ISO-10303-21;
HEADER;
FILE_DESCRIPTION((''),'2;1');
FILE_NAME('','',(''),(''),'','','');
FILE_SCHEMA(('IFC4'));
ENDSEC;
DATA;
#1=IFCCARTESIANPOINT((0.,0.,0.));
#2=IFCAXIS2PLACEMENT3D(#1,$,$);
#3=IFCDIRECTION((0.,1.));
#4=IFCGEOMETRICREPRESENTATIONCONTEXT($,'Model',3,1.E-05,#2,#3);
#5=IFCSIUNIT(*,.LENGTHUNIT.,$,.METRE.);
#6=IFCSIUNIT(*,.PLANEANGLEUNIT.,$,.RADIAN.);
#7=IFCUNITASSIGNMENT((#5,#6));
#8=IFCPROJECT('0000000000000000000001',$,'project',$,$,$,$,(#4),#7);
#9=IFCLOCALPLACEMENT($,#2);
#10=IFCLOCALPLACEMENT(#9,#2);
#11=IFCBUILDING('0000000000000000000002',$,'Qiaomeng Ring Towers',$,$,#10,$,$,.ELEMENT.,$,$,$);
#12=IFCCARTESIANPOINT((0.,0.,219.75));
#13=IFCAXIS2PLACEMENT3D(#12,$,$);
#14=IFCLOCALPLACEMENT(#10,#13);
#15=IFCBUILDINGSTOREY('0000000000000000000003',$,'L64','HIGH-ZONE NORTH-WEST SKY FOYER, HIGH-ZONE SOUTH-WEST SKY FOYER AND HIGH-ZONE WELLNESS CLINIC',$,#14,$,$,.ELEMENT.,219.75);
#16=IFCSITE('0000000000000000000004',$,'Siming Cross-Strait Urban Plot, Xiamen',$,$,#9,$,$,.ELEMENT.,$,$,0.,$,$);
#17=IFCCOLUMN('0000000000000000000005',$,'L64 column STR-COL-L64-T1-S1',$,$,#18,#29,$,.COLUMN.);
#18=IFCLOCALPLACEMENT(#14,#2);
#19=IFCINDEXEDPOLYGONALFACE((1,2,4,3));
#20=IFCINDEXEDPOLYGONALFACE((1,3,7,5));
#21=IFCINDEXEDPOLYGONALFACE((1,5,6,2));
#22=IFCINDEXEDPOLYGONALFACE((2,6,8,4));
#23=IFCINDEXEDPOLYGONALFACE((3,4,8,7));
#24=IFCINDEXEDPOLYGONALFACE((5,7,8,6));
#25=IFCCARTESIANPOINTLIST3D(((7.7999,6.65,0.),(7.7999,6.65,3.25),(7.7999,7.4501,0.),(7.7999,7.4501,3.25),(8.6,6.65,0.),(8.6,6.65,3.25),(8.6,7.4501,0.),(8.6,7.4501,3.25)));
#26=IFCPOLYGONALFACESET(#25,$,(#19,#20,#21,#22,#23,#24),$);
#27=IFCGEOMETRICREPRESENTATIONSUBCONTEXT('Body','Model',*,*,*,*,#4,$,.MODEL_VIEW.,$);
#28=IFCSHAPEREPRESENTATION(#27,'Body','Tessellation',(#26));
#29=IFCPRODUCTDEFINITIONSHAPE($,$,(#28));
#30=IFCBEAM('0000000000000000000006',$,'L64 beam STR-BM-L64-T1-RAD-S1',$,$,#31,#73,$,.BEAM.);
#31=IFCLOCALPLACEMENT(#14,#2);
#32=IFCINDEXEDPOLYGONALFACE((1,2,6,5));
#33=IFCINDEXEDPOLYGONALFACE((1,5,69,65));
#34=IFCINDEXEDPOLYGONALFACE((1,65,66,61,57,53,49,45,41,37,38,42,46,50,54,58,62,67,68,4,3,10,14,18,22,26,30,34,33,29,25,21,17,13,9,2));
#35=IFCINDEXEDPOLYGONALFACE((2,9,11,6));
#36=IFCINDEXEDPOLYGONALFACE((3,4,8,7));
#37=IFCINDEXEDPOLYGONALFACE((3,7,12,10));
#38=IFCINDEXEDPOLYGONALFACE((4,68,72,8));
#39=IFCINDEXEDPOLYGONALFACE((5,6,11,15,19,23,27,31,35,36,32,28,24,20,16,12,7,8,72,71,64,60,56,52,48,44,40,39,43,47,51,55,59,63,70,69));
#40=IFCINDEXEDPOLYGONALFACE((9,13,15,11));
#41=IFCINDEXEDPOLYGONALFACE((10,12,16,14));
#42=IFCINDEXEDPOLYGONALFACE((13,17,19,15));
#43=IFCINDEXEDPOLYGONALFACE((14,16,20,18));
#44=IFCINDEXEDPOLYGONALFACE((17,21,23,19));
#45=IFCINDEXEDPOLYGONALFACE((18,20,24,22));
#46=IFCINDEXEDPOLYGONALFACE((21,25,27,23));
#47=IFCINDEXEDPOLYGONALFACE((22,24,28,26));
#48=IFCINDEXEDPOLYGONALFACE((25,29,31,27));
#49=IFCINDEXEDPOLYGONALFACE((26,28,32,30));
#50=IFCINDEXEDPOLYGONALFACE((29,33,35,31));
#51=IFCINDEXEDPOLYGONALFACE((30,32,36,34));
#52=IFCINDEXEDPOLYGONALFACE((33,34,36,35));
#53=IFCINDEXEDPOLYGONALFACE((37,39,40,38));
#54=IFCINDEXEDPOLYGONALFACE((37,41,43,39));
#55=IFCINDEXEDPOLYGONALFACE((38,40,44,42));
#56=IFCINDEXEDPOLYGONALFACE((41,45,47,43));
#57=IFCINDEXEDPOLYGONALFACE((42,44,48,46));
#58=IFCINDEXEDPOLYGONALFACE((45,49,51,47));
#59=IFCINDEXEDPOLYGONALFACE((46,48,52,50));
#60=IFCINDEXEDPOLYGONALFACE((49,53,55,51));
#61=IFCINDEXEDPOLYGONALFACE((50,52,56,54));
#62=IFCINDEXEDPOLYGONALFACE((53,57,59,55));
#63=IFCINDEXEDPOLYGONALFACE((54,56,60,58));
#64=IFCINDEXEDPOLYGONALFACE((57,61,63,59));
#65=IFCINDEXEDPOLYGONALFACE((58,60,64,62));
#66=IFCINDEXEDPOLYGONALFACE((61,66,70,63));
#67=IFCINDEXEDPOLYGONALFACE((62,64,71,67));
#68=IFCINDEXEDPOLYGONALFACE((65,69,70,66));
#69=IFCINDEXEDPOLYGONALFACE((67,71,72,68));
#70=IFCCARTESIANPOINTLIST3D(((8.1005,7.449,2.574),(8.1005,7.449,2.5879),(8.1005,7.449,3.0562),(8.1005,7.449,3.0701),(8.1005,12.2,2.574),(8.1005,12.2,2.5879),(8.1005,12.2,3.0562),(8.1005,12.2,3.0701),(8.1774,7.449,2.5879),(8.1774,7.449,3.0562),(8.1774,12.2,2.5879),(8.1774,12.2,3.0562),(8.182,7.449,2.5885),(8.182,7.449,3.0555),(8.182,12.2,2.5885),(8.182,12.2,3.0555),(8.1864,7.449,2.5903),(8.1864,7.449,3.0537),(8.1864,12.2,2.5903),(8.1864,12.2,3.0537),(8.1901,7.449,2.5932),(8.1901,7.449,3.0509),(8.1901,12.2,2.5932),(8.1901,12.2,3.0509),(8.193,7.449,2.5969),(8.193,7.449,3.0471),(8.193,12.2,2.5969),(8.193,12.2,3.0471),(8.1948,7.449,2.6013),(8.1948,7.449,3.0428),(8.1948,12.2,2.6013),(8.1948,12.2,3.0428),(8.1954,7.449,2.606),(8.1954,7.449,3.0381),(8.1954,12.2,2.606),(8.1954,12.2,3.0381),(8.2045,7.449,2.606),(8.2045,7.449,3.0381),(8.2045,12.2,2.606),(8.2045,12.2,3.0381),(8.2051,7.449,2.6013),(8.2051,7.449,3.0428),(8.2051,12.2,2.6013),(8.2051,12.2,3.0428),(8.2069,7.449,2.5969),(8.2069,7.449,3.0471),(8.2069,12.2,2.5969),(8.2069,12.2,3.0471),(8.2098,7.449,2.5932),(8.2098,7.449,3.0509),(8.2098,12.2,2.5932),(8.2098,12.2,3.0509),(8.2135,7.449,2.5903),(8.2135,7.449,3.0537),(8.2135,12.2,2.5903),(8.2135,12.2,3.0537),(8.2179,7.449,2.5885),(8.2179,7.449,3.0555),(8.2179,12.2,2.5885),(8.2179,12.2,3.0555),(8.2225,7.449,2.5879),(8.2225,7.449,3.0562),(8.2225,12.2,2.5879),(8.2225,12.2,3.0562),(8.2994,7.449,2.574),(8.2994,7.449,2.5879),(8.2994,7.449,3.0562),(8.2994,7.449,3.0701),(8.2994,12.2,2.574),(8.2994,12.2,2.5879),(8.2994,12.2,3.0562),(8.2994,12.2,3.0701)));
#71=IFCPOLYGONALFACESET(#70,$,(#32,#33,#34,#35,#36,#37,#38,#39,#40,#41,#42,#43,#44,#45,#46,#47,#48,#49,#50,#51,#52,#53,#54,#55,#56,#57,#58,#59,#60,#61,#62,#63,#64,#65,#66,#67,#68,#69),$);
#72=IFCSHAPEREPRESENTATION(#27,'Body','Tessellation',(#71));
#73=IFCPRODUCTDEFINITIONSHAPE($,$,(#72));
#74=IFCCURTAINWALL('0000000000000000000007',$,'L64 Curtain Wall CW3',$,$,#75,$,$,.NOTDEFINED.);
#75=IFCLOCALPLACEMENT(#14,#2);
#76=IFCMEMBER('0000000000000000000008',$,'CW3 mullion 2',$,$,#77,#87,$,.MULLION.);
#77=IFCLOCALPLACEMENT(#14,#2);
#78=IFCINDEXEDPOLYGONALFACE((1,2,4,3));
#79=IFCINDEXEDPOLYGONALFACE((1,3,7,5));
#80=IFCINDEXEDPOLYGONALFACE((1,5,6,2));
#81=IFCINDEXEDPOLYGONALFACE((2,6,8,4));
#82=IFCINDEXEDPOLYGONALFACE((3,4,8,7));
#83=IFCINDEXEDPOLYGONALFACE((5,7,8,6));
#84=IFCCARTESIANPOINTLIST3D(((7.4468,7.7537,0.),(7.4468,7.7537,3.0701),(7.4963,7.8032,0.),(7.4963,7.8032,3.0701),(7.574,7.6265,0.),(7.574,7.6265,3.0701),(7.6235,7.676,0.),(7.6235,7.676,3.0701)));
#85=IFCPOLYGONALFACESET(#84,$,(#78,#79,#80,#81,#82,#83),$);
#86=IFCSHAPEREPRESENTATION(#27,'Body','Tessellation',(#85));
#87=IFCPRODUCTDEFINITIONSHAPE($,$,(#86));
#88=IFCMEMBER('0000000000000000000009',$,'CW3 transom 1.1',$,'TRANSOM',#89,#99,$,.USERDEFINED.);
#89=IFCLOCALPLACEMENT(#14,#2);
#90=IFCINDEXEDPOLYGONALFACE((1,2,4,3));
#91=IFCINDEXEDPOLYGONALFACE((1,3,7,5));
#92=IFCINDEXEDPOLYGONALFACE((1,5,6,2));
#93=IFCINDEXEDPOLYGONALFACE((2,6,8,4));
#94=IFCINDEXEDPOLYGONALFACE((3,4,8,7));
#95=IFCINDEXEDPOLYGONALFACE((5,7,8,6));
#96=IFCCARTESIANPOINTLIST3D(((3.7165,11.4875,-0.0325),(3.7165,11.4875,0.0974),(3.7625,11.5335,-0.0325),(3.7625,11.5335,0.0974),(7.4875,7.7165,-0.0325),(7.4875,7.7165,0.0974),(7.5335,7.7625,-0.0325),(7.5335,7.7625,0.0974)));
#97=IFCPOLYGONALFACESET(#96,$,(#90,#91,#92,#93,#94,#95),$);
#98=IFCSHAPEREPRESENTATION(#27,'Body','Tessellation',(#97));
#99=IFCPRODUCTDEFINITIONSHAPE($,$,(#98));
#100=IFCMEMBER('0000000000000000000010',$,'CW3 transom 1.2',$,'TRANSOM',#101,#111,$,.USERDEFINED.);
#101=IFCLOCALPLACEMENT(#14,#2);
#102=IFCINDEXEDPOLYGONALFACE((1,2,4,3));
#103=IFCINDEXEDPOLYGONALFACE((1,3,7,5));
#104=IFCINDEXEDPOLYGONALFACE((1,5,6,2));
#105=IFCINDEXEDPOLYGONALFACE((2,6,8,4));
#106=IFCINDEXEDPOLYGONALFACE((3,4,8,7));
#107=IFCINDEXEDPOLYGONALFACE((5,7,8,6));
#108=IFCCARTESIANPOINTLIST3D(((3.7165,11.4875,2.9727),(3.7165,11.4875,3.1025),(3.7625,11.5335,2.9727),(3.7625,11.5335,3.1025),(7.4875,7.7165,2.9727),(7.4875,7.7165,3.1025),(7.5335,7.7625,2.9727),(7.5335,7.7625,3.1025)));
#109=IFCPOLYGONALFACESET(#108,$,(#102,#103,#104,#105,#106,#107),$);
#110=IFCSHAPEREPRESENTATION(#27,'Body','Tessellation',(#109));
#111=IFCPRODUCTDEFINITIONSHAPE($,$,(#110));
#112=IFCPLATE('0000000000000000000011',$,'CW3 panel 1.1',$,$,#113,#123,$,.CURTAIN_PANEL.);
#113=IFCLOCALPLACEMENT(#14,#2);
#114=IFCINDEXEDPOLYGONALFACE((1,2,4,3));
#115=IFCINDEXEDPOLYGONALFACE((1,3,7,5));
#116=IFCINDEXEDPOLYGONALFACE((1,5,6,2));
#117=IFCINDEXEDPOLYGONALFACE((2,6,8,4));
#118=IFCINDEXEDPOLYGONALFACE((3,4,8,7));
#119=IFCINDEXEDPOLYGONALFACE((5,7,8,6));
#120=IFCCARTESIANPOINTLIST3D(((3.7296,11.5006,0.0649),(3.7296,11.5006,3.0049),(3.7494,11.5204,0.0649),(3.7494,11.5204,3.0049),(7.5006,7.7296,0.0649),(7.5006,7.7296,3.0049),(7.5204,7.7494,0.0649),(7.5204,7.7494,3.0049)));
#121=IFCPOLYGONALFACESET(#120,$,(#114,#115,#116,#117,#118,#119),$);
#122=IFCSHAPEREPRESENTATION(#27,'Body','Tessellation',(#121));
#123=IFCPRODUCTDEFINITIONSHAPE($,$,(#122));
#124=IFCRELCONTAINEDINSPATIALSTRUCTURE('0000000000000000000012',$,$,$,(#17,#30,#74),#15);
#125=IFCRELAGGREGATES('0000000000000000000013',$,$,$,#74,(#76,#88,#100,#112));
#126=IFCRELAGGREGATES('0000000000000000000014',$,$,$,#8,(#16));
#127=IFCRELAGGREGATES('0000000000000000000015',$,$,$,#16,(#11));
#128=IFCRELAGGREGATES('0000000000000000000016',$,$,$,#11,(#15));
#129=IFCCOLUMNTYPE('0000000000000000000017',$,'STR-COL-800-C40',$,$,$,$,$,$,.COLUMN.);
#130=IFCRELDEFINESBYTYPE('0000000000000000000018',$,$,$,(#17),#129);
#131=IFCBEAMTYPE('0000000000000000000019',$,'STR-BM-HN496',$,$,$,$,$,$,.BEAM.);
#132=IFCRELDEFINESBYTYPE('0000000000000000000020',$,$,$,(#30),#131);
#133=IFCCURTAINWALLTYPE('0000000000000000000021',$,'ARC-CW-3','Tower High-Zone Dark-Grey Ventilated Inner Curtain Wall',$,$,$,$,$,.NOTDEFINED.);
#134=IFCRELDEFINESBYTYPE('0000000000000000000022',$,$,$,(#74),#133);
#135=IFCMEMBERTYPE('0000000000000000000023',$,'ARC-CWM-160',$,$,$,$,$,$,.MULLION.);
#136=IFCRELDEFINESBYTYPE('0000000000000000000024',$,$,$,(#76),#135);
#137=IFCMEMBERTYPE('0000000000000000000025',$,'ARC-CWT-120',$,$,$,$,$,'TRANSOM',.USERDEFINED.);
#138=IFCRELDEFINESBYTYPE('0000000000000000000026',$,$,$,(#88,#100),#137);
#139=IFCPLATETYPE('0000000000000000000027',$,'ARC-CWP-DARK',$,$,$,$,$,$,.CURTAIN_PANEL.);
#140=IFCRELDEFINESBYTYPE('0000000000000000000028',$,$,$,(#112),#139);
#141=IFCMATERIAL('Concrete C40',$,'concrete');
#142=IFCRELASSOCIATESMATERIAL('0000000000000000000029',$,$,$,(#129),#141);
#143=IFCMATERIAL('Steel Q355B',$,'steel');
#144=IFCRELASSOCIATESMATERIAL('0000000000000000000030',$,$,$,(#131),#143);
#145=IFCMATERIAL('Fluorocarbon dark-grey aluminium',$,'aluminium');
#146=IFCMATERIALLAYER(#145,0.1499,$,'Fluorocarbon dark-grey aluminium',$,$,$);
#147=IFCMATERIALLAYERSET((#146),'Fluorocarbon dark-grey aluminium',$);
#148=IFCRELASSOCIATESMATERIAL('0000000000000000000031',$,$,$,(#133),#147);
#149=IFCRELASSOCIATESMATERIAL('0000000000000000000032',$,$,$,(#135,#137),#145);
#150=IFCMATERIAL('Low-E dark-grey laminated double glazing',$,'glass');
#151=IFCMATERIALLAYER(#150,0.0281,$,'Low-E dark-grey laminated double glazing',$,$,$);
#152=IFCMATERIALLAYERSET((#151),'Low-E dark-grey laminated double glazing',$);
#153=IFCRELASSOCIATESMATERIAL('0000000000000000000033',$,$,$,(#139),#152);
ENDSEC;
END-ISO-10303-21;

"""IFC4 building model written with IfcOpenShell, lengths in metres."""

from ifc_helpers import new_model, si_unit, direction, frame, origin, origin_2d, place, context, subcontext, project, spatial, rectangle, i_section, extrude, source, transform, mapped, material, layer, layer_set, material_profile, profile_set, type_object, element, aggregate, save


model = new_model("IFC4")

# Units and contexts
model_context = context("Model", 3, precision=1e-05, world=origin(), true_north=direction((0.0, 1.0)))
body_context = subcontext(model_context, "Body", "Model", "MODEL_VIEW")
ifc_project = project(units=[si_unit("LENGTHUNIT", "METRE"), si_unit("PLANEANGLEUNIT", "RADIAN")], contexts=[model_context])

# Site, building, storey
site_placement = place(None, origin())
site = spatial("IfcSite", under=ifc_project, at=site_placement, Name="Siming Cross-Strait Urban Plot, Xiamen", CompositionType="ELEMENT", RefElevation=0.0)
building_placement = place(site_placement, origin())
building = spatial("IfcBuilding", under=site, at=building_placement, Name="Qiaomeng Ring Towers", CompositionType="ELEMENT")
storey_placement = place(building_placement, frame((0.0, 0.0, 219.75)))
storey = spatial("IfcBuildingStorey", under=building, at=storey_placement, Name="L64", Description="HIGH-ZONE NORTH-WEST SKY FOYER, HIGH-ZONE SOUTH-WEST SKY FOYER AND HIGH-ZONE WELLNESS CLINIC", CompositionType="ELEMENT", Elevation=219.75)

# Column
ifc_material_1 = material(Name="Concrete C40", Category="concrete")
ifc_material_profile_1 = material_profile(ifc_material_1, rectangle(XDim=0.8, YDim=0.8, at=origin_2d()), Name="RC COL 800x800")
ifc_profile_set_1 = profile_set([ifc_material_profile_1], Name="Concrete C40")
column_type = type_object("IfcColumnType", Name="STR-COL-800-C40", PredefinedType="COLUMN", material=ifc_profile_set_1)
shared_shape_1 = source(origin(), body_context, "Body", "SweptSolid", [
    extrude(rectangle(XDim=0.8, YDim=0.8, at=origin_2d()), origin(), (0.0, 0.0, 1.0), 3.25),
])
column_placement = place(storey_placement, frame((8.2, 7.05, 0.0), z_axis=(0.0, 0.0, 1.0), x_axis=(1.0, 0.0, 0.0)))
element("IfcColumn", 1, at=column_placement, inside=storey, type_object=column_type, Name="L64 column STR-COL-L64-T1-S1", PredefinedType="COLUMN", context=body_context, shape_type="MappedRepresentation", body=[
    mapped(shared_shape_1, transform((0.0, 0.0, 0.0), x_axis=(1.0, 0.0, 0.0), y_axis=(0.0, 1.0, 0.0), z_axis=(0.0, 0.0, 1.0), scale=1.0)),
])

# Beam
ifc_material_2 = material(Name="Steel Q355B", Category="steel")
ifc_material_profile_2 = material_profile(ifc_material_2, i_section(OverallWidth=0.199, OverallDepth=0.4961, WebThickness=0.009, FlangeThickness=0.0139, FilletRadius=0.0181, at=origin_2d()), Name="HN 496x199x9x14")
ifc_profile_set_2 = profile_set([ifc_material_profile_2], Name="Steel Q355B")
beam_type = type_object("IfcBeamType", Name="STR-BM-HN496", PredefinedType="BEAM", material=ifc_profile_set_2)
shared_shape_2 = source(origin(), body_context, "Body", "SweptSolid", [
    extrude(i_section(OverallWidth=0.199, OverallDepth=0.4961, WebThickness=0.009, FlangeThickness=0.0139, FilletRadius=0.0181, at=origin_2d()), origin(), (0.0, 0.0, 1.0), 4.751),
])
beam_placement = place(storey_placement, frame((8.2, 7.449, 2.822), z_axis=(0.0, 1.0, 0.0), x_axis=(-1.0, 0.0, 0.0)))
element("IfcBeam", 2, at=beam_placement, inside=storey, type_object=beam_type, Name="L64 beam STR-BM-L64-T1-RAD-S1", PredefinedType="BEAM", context=body_context, shape_type="MappedRepresentation", body=[
    mapped(shared_shape_2, transform((0.0, 0.0, 0.0), x_axis=(1.0, 0.0, 0.0), y_axis=(0.0, 1.0, 0.0), z_axis=(0.0, 0.0, 1.0), scale=1.0)),
])

# Curtain wall, members, plate
ifc_material_3 = material(Name="Fluorocarbon dark-grey aluminium", Category="aluminium")
ifc_layer_1 = layer(ifc_material_3, 0.1499, Name="Fluorocarbon dark-grey aluminium")
ifc_layer_set_1 = layer_set([ifc_layer_1], Name="Fluorocarbon dark-grey aluminium")
curtain_wall_type = type_object("IfcCurtainWallType", Name="ARC-CW-3", Description="Tower High-Zone Dark-Grey Ventilated Inner Curtain Wall", PredefinedType="NOTDEFINED", material=ifc_layer_set_1)
curtain_wall_placement = place(storey_placement, origin())
curtain_wall = element("IfcCurtainWall", 3, at=curtain_wall_placement, inside=storey, type_object=curtain_wall_type, Name="L64 Curtain Wall CW3", PredefinedType="NOTDEFINED")
ifc_material_profile_3 = material_profile(ifc_material_3, rectangle(XDim=0.0701, YDim=0.1799, at=origin_2d()), Name="ALU MULL 70x180")
ifc_profile_set_3 = profile_set([ifc_material_profile_3], Name="Fluorocarbon dark-grey aluminium")
member_type_1 = type_object("IfcMemberType", Name="ARC-CWM-160", PredefinedType="MULLION", material=ifc_profile_set_3)
shared_shape_3 = source(origin(), body_context, "Body", "SweptSolid", [
    extrude(rectangle(XDim=0.0701, YDim=0.1799, at=origin_2d()), origin(), (0.0, 0.0, 1.0), 3.0701),
])
member_1_placement = place(storey_placement, frame((7.5352, 7.7148, 0.0), z_axis=(0.0, 0.0, 1.0), x_axis=(0.707107, 0.707107, 0.0)))
member_1 = element("IfcMember", 4, at=member_1_placement, type_object=member_type_1, Name="CW3 mullion 2", PredefinedType="MULLION", context=body_context, shape_type="MappedRepresentation", body=[
    mapped(shared_shape_3, transform((0.0, 0.0, 0.0), x_axis=(1.0, 0.0, 0.0), y_axis=(0.0, 1.0, 0.0), z_axis=(0.0, 0.0, 1.0), scale=1.0)),
])
ifc_material_profile_4 = material_profile(ifc_material_3, rectangle(XDim=0.0649, YDim=0.1299, at=origin_2d()), Name="ALU TRAN 65x130")
ifc_profile_set_4 = profile_set([ifc_material_profile_4], Name="Fluorocarbon dark-grey aluminium")
member_type_2 = type_object("IfcMemberType", Name="ARC-CWT-120", ElementType="TRANSOM", PredefinedType="USERDEFINED", material=ifc_profile_set_4)
shared_shape_4 = source(origin(), body_context, "Body", "SweptSolid", [
    extrude(rectangle(XDim=0.0649, YDim=0.1299, at=origin_2d()), origin(), (0.0, 0.0, 1.0), 5.333),
])
member_2_placement = place(storey_placement, frame((3.7395, 11.5105, 0.0325), z_axis=(0.707107, -0.707107, 0.0), x_axis=(0.707107, 0.707107, 0.0)))
member_2 = element("IfcMember", 5, at=member_2_placement, type_object=member_type_2, Name="CW3 transom 1.1", ObjectType="TRANSOM", PredefinedType="USERDEFINED", context=body_context, shape_type="MappedRepresentation", body=[
    mapped(shared_shape_4, transform((0.0, 0.0, 0.0), x_axis=(1.0, 0.0, 0.0), y_axis=(0.0, 1.0, 0.0), z_axis=(0.0, 0.0, 1.0), scale=1.0)),
])
member_3_placement = place(storey_placement, frame((3.7395, 11.5105, 3.0376), z_axis=(0.707107, -0.707107, 0.0), x_axis=(0.707107, 0.707107, 0.0)))
member_3 = element("IfcMember", 6, at=member_3_placement, type_object=member_type_2, Name="CW3 transom 1.2", ObjectType="TRANSOM", PredefinedType="USERDEFINED", context=body_context, shape_type="MappedRepresentation", body=[
    mapped(shared_shape_4, transform((0.0, 0.0, 0.0), x_axis=(1.0, 0.0, 0.0), y_axis=(0.0, 1.0, 0.0), z_axis=(0.0, 0.0, 1.0), scale=1.0)),
])
ifc_material_4 = material(Name="Low-E dark-grey laminated double glazing", Category="glass")
ifc_layer_2 = layer(ifc_material_4, 0.0281, Name="Low-E dark-grey laminated double glazing")
ifc_layer_set_2 = layer_set([ifc_layer_2], Name="Low-E dark-grey laminated double glazing")
plate_type = type_object("IfcPlateType", Name="ARC-CWP-DARK", PredefinedType="CURTAIN_PANEL", material=ifc_layer_set_2)
shared_shape_5 = source(origin(), body_context, "Body", "SweptSolid", [
    extrude(rectangle(XDim=5.333, YDim=0.0281, at=origin_2d()), origin(), (0.0, 0.0, 1.0), 2.9399),
])
plate_placement = place(storey_placement, frame((5.625, 9.625, 0.0649), z_axis=(0.0, 0.0, 1.0), x_axis=(0.707107, -0.707107, 0.0)))
plate = element("IfcPlate", 7, at=plate_placement, type_object=plate_type, Name="CW3 panel 1.1", PredefinedType="CURTAIN_PANEL", context=body_context, shape_type="MappedRepresentation", body=[
    mapped(shared_shape_5, transform((0.0, 0.0, 0.0), x_axis=(1.0, 0.0, 0.0), y_axis=(0.0, 1.0, 0.0), z_axis=(0.0, 0.0, 1.0), scale=1.0)),
])
aggregate(curtain_wall, [member_1, member_2, member_3, plate])

save(model, "model.ifc")
